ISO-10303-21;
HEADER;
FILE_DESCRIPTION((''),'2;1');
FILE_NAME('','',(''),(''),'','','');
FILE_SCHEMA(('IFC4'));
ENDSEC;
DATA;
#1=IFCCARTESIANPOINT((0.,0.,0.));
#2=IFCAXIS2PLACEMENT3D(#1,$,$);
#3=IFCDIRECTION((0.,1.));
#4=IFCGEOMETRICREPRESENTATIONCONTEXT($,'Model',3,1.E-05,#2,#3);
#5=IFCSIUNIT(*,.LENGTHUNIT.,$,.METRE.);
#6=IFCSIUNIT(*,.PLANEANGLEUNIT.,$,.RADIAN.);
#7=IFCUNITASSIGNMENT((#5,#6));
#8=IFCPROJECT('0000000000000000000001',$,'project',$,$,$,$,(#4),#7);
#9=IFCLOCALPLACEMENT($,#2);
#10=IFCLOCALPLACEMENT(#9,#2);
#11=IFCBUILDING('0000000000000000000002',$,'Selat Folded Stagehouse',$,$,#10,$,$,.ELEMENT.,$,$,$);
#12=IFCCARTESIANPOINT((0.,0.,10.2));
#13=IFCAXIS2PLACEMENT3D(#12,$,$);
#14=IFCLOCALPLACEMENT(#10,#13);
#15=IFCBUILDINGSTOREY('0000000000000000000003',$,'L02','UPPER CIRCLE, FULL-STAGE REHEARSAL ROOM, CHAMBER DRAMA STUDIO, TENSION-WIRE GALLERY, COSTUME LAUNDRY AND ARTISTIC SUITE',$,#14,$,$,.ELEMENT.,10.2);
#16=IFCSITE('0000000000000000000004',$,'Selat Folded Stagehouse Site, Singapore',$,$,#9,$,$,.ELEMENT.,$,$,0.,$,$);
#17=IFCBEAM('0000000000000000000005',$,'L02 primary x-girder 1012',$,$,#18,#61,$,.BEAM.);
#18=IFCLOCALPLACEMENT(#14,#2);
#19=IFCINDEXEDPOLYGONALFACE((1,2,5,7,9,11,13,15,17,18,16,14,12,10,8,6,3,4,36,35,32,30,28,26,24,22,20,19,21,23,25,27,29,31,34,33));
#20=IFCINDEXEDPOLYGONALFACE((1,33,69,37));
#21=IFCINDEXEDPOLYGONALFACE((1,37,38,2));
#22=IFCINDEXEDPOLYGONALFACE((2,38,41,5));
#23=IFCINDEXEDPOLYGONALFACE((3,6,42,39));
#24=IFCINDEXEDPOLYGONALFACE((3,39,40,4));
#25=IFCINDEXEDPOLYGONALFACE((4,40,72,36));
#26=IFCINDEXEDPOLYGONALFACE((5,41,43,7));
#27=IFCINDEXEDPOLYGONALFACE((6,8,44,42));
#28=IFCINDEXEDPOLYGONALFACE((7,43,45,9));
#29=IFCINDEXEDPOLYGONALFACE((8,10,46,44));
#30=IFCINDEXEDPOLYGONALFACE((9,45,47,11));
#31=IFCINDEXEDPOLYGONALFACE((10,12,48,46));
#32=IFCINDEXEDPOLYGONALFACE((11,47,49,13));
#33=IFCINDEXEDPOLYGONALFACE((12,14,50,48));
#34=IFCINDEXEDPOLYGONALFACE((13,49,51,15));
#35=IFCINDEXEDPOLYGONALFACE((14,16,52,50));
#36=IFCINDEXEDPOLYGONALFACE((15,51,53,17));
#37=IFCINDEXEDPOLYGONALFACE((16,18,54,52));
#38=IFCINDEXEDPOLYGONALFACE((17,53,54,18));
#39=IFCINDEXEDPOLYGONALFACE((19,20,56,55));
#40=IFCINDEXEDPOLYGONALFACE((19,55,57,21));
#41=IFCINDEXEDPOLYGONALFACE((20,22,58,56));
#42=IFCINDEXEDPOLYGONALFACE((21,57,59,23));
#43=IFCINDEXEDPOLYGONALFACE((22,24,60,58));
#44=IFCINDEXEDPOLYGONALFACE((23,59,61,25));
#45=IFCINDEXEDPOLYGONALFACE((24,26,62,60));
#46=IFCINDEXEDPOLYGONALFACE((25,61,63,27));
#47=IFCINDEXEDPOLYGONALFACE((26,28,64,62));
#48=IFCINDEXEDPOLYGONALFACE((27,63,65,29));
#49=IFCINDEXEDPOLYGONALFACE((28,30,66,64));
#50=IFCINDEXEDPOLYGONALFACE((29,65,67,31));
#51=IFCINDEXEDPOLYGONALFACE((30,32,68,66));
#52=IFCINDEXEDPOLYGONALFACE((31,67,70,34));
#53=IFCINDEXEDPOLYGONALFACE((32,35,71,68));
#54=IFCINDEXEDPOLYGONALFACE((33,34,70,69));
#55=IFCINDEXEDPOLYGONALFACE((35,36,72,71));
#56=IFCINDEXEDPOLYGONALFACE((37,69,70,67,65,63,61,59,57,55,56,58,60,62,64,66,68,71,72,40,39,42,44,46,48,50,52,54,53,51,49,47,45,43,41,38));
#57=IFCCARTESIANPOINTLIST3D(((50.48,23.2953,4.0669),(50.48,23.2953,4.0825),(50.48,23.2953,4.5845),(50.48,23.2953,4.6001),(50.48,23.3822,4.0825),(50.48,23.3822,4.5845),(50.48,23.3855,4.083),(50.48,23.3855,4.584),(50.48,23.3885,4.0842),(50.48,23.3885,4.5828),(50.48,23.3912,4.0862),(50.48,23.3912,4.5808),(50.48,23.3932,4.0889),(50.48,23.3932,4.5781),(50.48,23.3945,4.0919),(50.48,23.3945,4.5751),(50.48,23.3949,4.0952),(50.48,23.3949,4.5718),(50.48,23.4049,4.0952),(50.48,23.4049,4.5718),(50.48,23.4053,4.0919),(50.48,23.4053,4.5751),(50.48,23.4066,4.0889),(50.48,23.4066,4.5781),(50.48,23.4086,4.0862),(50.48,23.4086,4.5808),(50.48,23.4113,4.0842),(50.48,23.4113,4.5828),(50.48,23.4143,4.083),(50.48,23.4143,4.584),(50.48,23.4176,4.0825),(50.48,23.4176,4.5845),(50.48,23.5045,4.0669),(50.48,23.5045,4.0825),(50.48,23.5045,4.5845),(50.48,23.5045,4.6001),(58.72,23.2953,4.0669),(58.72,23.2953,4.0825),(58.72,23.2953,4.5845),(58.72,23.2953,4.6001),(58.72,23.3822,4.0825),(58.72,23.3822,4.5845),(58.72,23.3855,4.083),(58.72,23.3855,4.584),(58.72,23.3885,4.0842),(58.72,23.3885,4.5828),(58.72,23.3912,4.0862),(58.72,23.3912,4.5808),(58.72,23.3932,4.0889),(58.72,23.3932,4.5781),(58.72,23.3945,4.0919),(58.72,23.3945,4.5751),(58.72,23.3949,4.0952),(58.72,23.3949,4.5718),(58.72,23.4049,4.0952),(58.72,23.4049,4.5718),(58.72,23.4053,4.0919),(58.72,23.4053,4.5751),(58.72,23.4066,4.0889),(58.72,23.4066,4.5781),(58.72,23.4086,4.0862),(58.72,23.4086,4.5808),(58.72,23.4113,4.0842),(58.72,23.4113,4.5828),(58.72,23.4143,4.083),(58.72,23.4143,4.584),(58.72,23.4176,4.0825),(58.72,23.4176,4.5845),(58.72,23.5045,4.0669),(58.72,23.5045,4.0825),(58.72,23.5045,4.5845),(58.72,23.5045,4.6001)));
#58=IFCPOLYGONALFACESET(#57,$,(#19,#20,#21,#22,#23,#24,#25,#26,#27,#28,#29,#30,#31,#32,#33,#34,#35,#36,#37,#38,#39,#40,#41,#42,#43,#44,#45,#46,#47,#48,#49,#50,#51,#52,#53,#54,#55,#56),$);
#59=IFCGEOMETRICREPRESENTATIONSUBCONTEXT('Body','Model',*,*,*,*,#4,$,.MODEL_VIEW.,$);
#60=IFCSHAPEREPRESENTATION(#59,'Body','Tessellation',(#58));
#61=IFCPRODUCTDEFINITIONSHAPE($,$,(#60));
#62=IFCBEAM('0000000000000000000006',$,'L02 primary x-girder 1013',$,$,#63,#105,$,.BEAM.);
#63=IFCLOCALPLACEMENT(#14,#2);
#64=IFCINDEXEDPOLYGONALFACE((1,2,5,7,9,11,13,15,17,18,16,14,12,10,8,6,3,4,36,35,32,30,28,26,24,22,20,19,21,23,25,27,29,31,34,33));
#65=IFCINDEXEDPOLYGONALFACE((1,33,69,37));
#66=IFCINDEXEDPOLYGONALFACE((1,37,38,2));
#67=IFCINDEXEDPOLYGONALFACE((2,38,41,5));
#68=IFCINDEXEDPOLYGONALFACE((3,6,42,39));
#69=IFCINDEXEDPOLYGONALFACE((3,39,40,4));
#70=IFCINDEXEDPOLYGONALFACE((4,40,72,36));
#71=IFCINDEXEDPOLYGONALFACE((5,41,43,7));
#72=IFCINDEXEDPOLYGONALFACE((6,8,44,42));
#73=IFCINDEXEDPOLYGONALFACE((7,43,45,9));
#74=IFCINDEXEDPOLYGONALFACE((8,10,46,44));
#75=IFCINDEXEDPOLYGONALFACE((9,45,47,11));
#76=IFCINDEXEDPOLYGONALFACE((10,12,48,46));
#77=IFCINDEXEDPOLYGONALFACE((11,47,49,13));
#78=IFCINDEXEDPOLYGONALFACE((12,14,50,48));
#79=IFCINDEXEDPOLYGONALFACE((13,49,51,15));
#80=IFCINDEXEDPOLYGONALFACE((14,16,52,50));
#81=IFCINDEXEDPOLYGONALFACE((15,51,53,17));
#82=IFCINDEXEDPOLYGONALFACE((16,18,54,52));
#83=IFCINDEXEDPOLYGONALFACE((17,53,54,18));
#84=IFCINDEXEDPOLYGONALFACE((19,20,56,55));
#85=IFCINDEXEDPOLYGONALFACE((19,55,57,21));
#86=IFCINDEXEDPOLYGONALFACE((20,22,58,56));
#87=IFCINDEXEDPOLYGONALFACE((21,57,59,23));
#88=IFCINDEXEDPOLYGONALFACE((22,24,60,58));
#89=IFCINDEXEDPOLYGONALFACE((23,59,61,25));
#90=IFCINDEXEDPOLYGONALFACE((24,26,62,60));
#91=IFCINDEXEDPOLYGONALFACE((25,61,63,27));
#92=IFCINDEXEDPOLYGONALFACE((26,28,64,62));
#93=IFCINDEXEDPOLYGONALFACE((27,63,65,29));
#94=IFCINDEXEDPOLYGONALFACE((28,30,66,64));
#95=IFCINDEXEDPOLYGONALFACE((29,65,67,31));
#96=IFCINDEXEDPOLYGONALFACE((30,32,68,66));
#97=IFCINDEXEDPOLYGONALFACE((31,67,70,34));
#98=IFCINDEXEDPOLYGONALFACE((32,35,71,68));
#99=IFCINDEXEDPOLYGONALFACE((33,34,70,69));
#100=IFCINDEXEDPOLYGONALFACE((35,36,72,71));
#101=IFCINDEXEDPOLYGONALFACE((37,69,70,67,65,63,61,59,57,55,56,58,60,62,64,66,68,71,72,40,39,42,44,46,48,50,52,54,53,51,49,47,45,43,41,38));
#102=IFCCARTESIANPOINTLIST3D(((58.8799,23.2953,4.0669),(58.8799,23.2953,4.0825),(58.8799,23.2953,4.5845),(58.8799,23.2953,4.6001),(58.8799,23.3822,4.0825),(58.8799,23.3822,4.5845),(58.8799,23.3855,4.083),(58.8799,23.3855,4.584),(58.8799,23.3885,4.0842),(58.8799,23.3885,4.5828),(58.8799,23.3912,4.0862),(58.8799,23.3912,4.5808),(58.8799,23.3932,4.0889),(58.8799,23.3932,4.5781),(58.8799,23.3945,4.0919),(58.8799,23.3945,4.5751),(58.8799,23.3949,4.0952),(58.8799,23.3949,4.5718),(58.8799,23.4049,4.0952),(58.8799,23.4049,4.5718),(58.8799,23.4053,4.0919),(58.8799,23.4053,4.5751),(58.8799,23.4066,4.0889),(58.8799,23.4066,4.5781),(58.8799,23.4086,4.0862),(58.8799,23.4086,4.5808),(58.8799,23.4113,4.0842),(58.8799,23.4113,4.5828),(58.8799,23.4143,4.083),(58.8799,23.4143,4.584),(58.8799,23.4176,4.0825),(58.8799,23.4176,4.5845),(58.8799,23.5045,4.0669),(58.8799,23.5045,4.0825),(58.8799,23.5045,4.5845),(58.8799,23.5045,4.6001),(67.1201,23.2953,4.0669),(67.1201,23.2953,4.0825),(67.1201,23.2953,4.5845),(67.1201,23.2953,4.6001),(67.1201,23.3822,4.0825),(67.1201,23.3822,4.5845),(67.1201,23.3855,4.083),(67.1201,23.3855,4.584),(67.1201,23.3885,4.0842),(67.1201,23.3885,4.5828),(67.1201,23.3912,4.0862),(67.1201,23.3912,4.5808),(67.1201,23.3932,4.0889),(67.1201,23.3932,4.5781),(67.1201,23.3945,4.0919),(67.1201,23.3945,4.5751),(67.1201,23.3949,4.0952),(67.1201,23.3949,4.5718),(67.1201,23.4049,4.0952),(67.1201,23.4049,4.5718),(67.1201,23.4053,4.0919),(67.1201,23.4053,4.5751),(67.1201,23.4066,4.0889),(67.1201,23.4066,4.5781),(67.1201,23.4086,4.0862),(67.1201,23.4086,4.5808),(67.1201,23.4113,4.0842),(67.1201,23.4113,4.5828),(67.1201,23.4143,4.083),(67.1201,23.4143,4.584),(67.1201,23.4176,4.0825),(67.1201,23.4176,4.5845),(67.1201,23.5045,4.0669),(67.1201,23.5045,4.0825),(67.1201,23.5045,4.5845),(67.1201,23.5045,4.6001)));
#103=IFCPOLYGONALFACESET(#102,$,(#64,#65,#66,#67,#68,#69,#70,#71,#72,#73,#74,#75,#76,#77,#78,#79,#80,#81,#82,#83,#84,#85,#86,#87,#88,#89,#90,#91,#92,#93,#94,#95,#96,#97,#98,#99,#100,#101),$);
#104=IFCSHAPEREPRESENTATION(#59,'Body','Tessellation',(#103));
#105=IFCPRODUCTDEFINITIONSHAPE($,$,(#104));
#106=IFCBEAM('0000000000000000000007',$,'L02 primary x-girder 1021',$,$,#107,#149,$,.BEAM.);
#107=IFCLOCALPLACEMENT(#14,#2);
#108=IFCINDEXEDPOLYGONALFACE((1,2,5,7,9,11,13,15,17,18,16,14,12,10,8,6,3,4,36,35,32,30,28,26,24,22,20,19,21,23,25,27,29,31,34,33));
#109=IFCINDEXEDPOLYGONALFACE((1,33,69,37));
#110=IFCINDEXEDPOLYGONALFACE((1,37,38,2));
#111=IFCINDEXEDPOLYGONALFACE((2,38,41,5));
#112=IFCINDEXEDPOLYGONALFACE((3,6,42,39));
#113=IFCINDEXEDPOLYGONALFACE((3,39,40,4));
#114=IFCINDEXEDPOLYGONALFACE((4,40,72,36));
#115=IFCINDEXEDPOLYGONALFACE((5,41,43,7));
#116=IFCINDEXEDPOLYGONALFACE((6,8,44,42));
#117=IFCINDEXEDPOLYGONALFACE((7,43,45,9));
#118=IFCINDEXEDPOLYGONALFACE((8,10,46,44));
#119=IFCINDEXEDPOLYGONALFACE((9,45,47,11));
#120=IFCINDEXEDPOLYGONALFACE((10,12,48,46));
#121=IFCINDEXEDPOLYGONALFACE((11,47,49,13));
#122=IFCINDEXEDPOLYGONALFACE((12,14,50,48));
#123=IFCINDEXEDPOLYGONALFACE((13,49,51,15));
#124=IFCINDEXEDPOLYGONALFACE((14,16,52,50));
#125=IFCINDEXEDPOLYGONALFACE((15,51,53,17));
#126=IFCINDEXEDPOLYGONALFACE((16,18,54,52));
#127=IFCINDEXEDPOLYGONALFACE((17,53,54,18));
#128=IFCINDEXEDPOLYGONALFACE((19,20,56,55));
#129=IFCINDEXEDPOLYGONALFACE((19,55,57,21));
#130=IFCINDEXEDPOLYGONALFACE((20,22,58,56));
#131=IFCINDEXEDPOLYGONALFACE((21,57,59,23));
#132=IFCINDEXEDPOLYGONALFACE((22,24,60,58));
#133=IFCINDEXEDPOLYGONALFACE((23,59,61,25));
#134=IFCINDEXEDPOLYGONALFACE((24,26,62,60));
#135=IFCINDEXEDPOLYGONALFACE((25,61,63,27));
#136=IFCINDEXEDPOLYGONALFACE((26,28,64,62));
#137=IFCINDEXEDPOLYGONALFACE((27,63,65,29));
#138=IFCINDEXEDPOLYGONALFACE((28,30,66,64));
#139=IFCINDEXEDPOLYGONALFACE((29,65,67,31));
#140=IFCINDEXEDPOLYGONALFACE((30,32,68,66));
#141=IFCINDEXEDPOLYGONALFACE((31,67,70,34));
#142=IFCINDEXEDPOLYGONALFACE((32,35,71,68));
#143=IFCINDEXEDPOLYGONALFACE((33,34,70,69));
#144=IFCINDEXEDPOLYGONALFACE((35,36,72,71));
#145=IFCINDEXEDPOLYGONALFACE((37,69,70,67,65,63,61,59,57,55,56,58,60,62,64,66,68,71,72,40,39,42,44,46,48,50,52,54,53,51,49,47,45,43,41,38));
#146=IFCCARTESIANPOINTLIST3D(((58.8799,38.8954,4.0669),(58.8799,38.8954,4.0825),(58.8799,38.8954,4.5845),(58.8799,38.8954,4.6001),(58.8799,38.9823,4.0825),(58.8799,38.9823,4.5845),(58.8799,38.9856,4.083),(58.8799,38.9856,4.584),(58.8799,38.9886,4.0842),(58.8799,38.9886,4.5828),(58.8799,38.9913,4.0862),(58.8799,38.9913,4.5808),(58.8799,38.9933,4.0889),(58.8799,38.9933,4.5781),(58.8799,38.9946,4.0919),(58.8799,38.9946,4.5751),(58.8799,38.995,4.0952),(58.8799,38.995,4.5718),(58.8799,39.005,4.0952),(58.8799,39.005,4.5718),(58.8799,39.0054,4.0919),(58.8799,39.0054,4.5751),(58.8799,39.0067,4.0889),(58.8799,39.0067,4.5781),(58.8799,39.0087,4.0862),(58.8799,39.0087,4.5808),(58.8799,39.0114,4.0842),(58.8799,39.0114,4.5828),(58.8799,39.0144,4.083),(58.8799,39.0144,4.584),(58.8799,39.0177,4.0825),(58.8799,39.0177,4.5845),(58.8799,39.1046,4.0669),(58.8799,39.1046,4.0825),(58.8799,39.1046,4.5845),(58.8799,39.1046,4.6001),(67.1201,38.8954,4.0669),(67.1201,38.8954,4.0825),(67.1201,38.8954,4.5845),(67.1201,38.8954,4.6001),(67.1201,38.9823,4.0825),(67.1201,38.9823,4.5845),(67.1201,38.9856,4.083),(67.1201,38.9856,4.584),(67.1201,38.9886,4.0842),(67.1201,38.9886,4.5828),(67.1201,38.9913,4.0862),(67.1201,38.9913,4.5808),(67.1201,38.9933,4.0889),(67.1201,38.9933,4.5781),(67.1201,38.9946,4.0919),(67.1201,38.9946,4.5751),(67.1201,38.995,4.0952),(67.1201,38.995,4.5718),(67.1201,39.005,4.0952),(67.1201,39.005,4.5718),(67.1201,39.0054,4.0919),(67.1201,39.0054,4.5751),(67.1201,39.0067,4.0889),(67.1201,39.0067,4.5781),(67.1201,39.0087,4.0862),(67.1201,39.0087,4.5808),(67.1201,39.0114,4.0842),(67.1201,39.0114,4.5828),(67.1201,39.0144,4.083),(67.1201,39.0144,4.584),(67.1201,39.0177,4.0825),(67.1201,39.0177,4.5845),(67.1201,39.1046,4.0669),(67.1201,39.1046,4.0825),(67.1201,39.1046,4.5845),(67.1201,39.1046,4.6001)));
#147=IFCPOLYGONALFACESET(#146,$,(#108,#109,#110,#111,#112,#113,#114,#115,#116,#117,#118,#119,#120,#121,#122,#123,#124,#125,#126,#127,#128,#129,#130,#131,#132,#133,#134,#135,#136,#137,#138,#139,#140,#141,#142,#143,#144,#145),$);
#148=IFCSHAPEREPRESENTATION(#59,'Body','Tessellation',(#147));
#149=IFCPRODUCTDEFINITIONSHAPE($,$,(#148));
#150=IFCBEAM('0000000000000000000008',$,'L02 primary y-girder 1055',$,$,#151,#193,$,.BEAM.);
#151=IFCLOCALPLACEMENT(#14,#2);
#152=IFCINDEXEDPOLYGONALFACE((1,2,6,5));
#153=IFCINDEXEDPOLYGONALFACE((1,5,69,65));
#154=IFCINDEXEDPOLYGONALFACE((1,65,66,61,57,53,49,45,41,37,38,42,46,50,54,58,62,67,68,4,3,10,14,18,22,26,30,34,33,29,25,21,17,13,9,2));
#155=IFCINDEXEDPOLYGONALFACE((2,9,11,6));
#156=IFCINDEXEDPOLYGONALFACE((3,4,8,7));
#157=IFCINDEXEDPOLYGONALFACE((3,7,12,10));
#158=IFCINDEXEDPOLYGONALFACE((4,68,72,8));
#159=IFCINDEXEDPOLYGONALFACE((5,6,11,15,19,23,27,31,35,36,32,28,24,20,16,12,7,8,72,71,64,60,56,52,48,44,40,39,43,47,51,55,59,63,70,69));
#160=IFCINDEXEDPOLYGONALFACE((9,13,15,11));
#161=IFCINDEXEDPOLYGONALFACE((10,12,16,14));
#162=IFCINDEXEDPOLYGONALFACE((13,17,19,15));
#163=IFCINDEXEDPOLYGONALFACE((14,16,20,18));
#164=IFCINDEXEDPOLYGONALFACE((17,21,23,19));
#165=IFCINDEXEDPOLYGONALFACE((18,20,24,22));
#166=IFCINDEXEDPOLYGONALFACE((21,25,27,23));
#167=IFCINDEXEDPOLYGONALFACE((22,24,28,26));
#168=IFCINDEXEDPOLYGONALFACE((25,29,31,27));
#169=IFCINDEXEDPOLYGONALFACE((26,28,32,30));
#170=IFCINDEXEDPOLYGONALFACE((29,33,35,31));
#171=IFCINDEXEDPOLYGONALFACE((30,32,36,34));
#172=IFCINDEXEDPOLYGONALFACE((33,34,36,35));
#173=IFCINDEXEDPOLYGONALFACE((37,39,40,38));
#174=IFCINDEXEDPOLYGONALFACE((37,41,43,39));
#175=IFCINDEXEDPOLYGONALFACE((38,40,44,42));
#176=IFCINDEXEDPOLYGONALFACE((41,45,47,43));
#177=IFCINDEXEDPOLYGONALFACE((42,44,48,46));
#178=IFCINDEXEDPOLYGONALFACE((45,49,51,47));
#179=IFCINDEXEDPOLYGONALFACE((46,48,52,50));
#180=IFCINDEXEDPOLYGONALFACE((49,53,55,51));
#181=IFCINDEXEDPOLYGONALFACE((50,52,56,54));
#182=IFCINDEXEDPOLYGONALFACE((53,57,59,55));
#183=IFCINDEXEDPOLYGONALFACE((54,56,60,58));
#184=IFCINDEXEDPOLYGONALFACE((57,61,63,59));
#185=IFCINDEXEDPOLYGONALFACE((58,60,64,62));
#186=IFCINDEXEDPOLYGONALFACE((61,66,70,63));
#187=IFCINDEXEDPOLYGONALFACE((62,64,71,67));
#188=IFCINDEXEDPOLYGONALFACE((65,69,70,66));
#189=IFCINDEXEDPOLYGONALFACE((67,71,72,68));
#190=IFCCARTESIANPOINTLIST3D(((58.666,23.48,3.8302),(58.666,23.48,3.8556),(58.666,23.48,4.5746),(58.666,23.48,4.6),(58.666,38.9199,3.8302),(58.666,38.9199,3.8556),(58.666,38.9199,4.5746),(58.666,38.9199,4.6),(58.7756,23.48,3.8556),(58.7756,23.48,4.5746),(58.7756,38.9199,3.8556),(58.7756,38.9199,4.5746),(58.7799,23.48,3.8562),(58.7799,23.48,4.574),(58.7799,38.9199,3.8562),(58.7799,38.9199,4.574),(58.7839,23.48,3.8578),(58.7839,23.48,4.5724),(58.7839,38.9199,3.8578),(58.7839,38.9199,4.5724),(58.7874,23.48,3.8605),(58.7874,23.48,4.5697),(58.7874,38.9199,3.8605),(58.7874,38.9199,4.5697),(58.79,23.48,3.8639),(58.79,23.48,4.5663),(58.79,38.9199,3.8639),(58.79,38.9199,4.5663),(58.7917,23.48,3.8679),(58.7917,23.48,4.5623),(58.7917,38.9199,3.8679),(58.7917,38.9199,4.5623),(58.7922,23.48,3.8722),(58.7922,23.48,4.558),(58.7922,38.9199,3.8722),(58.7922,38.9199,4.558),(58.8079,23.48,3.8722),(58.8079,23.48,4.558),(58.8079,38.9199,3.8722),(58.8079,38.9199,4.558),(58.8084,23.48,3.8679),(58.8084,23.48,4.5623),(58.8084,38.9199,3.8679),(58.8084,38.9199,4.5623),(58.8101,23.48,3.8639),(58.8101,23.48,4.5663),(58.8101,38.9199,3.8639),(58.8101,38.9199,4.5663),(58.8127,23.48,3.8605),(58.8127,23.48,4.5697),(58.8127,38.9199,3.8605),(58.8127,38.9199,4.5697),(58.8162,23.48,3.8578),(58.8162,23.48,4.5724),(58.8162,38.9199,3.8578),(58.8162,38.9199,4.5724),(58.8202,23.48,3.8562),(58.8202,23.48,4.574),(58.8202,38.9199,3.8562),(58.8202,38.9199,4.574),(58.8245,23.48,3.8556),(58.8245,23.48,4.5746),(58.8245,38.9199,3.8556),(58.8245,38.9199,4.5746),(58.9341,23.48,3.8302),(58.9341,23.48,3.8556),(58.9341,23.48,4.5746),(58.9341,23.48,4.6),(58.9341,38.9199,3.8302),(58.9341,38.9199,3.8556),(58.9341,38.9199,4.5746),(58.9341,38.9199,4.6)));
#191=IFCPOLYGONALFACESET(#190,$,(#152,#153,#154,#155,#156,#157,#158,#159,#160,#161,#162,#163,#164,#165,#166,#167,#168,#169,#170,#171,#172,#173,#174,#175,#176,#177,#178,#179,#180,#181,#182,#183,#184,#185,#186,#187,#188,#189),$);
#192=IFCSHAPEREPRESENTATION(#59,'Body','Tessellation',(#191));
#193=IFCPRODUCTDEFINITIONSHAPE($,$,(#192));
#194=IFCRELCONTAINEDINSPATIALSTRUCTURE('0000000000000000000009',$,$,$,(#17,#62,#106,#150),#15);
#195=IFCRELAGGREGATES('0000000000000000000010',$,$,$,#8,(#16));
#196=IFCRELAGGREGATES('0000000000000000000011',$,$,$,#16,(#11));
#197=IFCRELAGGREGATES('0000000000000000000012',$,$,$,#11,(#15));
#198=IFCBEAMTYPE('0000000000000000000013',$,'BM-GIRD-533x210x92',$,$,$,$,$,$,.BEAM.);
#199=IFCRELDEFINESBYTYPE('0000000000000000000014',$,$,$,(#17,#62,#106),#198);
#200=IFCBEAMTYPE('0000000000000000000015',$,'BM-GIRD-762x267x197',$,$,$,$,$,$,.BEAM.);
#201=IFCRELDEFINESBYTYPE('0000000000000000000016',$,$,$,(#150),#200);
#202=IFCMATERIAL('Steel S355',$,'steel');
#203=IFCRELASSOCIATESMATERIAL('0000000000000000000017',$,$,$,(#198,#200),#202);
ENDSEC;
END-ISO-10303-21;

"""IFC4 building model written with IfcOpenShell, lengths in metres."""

from ifc_helpers import new_model, si_unit, direction, frame, origin, origin_2d, place, context, subcontext, project, spatial, i_section, extrude, material, material_profile, profile_set, type_object, element, save


model = new_model("IFC4")

# Units and contexts
model_context = context("Model", 3, precision=1e-05, world=origin(), true_north=direction((0.0, 1.0)))
body_context = subcontext(model_context, "Body", "Model", "MODEL_VIEW")
ifc_project = project(units=[si_unit("LENGTHUNIT", "METRE"), si_unit("PLANEANGLEUNIT", "RADIAN")], contexts=[model_context])

# Site, building, storey
site_placement = place(None, origin())
site = spatial("IfcSite", under=ifc_project, at=site_placement, Name="Selat Folded Stagehouse Site, Singapore", CompositionType="ELEMENT", RefElevation=0.0)
building_placement = place(site_placement, origin())
building = spatial("IfcBuilding", under=site, at=building_placement, Name="Selat Folded Stagehouse", CompositionType="ELEMENT")
storey_placement = place(building_placement, frame((0.0, 0.0, 10.2)))
storey = spatial("IfcBuildingStorey", under=building, at=storey_placement, Name="L02", Description="UPPER CIRCLE, FULL-STAGE REHEARSAL ROOM, CHAMBER DRAMA STUDIO, TENSION-WIRE GALLERY, COSTUME LAUNDRY AND ARTISTIC SUITE", CompositionType="ELEMENT", Elevation=10.2)

# Shared definitions
ifc_material_1 = material(Name="Steel S355", Category="steel")

# Beams
ifc_material_profile_1 = material_profile(ifc_material_1, i_section(OverallWidth=0.2092, OverallDepth=0.5332, WebThickness=0.01, FlangeThickness=0.0156, FilletRadius=0.0127, at=origin_2d()), Name="UKB 533x210x92")
ifc_profile_set_1 = profile_set([ifc_material_profile_1], Name="Steel S355")
beam_type_1 = type_object("IfcBeamType", Name="BM-GIRD-533x210x92", PredefinedType="BEAM", material=ifc_profile_set_1)
beam_1_placement = place(storey_placement, frame((50.48, 23.3999, 4.3335), z_axis=(1.0, 0.0, 0.0), x_axis=(0.0, 1.0, 0.0)))
element("IfcBeam", 1, at=beam_1_placement, inside=storey, type_object=beam_type_1, Name="L02 primary x-girder 1012", PredefinedType="BEAM", context=body_context, shape_type="SweptSolid", body=[
    extrude(i_section(OverallWidth=0.2092, OverallDepth=0.5332, WebThickness=0.01, FlangeThickness=0.0156, FilletRadius=0.0127, at=origin_2d()), origin(), (0.0, 0.0, 1.0), 8.24),
])
for number, where, z_axis, x_axis, name in (
    (2, (58.8799, 23.3999, 4.3335), (1.0, 0.0, 0.0), (0.0, 1.0, 0.0), "L02 primary x-girder 1013"),
    (3, (58.8799, 39.0, 4.3335), (1.0, 0.0, 0.0), (0.0, 1.0, 0.0), "L02 primary x-girder 1021"),
):
    element("IfcBeam", number, at=place(storey_placement, frame(where, z_axis=z_axis, x_axis=x_axis)), inside=storey, type_object=beam_type_1, Name=name, PredefinedType="BEAM", context=body_context, shape_type="SweptSolid", body=[
        extrude(i_section(OverallWidth=0.2092, OverallDepth=0.5332, WebThickness=0.01, FlangeThickness=0.0156, FilletRadius=0.0127, at=origin_2d()), origin(), (0.0, 0.0, 1.0), 8.2402),
    ])
ifc_material_profile_2 = material_profile(ifc_material_1, i_section(OverallWidth=0.2681, OverallDepth=0.7698, WebThickness=0.0156, FlangeThickness=0.0254, FilletRadius=0.0166, at=origin_2d()), Name="UKB 762x267x197")
ifc_profile_set_2 = profile_set([ifc_material_profile_2], Name="Steel S355")
beam_type_2 = type_object("IfcBeamType", Name="BM-GIRD-762x267x197", PredefinedType="BEAM", material=ifc_profile_set_2)
beam_2_placement = place(storey_placement, frame((58.8, 23.48, 4.2151), z_axis=(0.0, 1.0, 0.0), x_axis=(-1.0, 0.0, 0.0)))
element("IfcBeam", 4, at=beam_2_placement, inside=storey, type_object=beam_type_2, Name="L02 primary y-girder 1055", PredefinedType="BEAM", context=body_context, shape_type="SweptSolid", body=[
    extrude(i_section(OverallWidth=0.2681, OverallDepth=0.7698, WebThickness=0.0156, FlangeThickness=0.0254, FilletRadius=0.0166, at=origin_2d()), origin(), (0.0, 0.0, 1.0), 15.4399),
])

save(model, "model.ifc")
